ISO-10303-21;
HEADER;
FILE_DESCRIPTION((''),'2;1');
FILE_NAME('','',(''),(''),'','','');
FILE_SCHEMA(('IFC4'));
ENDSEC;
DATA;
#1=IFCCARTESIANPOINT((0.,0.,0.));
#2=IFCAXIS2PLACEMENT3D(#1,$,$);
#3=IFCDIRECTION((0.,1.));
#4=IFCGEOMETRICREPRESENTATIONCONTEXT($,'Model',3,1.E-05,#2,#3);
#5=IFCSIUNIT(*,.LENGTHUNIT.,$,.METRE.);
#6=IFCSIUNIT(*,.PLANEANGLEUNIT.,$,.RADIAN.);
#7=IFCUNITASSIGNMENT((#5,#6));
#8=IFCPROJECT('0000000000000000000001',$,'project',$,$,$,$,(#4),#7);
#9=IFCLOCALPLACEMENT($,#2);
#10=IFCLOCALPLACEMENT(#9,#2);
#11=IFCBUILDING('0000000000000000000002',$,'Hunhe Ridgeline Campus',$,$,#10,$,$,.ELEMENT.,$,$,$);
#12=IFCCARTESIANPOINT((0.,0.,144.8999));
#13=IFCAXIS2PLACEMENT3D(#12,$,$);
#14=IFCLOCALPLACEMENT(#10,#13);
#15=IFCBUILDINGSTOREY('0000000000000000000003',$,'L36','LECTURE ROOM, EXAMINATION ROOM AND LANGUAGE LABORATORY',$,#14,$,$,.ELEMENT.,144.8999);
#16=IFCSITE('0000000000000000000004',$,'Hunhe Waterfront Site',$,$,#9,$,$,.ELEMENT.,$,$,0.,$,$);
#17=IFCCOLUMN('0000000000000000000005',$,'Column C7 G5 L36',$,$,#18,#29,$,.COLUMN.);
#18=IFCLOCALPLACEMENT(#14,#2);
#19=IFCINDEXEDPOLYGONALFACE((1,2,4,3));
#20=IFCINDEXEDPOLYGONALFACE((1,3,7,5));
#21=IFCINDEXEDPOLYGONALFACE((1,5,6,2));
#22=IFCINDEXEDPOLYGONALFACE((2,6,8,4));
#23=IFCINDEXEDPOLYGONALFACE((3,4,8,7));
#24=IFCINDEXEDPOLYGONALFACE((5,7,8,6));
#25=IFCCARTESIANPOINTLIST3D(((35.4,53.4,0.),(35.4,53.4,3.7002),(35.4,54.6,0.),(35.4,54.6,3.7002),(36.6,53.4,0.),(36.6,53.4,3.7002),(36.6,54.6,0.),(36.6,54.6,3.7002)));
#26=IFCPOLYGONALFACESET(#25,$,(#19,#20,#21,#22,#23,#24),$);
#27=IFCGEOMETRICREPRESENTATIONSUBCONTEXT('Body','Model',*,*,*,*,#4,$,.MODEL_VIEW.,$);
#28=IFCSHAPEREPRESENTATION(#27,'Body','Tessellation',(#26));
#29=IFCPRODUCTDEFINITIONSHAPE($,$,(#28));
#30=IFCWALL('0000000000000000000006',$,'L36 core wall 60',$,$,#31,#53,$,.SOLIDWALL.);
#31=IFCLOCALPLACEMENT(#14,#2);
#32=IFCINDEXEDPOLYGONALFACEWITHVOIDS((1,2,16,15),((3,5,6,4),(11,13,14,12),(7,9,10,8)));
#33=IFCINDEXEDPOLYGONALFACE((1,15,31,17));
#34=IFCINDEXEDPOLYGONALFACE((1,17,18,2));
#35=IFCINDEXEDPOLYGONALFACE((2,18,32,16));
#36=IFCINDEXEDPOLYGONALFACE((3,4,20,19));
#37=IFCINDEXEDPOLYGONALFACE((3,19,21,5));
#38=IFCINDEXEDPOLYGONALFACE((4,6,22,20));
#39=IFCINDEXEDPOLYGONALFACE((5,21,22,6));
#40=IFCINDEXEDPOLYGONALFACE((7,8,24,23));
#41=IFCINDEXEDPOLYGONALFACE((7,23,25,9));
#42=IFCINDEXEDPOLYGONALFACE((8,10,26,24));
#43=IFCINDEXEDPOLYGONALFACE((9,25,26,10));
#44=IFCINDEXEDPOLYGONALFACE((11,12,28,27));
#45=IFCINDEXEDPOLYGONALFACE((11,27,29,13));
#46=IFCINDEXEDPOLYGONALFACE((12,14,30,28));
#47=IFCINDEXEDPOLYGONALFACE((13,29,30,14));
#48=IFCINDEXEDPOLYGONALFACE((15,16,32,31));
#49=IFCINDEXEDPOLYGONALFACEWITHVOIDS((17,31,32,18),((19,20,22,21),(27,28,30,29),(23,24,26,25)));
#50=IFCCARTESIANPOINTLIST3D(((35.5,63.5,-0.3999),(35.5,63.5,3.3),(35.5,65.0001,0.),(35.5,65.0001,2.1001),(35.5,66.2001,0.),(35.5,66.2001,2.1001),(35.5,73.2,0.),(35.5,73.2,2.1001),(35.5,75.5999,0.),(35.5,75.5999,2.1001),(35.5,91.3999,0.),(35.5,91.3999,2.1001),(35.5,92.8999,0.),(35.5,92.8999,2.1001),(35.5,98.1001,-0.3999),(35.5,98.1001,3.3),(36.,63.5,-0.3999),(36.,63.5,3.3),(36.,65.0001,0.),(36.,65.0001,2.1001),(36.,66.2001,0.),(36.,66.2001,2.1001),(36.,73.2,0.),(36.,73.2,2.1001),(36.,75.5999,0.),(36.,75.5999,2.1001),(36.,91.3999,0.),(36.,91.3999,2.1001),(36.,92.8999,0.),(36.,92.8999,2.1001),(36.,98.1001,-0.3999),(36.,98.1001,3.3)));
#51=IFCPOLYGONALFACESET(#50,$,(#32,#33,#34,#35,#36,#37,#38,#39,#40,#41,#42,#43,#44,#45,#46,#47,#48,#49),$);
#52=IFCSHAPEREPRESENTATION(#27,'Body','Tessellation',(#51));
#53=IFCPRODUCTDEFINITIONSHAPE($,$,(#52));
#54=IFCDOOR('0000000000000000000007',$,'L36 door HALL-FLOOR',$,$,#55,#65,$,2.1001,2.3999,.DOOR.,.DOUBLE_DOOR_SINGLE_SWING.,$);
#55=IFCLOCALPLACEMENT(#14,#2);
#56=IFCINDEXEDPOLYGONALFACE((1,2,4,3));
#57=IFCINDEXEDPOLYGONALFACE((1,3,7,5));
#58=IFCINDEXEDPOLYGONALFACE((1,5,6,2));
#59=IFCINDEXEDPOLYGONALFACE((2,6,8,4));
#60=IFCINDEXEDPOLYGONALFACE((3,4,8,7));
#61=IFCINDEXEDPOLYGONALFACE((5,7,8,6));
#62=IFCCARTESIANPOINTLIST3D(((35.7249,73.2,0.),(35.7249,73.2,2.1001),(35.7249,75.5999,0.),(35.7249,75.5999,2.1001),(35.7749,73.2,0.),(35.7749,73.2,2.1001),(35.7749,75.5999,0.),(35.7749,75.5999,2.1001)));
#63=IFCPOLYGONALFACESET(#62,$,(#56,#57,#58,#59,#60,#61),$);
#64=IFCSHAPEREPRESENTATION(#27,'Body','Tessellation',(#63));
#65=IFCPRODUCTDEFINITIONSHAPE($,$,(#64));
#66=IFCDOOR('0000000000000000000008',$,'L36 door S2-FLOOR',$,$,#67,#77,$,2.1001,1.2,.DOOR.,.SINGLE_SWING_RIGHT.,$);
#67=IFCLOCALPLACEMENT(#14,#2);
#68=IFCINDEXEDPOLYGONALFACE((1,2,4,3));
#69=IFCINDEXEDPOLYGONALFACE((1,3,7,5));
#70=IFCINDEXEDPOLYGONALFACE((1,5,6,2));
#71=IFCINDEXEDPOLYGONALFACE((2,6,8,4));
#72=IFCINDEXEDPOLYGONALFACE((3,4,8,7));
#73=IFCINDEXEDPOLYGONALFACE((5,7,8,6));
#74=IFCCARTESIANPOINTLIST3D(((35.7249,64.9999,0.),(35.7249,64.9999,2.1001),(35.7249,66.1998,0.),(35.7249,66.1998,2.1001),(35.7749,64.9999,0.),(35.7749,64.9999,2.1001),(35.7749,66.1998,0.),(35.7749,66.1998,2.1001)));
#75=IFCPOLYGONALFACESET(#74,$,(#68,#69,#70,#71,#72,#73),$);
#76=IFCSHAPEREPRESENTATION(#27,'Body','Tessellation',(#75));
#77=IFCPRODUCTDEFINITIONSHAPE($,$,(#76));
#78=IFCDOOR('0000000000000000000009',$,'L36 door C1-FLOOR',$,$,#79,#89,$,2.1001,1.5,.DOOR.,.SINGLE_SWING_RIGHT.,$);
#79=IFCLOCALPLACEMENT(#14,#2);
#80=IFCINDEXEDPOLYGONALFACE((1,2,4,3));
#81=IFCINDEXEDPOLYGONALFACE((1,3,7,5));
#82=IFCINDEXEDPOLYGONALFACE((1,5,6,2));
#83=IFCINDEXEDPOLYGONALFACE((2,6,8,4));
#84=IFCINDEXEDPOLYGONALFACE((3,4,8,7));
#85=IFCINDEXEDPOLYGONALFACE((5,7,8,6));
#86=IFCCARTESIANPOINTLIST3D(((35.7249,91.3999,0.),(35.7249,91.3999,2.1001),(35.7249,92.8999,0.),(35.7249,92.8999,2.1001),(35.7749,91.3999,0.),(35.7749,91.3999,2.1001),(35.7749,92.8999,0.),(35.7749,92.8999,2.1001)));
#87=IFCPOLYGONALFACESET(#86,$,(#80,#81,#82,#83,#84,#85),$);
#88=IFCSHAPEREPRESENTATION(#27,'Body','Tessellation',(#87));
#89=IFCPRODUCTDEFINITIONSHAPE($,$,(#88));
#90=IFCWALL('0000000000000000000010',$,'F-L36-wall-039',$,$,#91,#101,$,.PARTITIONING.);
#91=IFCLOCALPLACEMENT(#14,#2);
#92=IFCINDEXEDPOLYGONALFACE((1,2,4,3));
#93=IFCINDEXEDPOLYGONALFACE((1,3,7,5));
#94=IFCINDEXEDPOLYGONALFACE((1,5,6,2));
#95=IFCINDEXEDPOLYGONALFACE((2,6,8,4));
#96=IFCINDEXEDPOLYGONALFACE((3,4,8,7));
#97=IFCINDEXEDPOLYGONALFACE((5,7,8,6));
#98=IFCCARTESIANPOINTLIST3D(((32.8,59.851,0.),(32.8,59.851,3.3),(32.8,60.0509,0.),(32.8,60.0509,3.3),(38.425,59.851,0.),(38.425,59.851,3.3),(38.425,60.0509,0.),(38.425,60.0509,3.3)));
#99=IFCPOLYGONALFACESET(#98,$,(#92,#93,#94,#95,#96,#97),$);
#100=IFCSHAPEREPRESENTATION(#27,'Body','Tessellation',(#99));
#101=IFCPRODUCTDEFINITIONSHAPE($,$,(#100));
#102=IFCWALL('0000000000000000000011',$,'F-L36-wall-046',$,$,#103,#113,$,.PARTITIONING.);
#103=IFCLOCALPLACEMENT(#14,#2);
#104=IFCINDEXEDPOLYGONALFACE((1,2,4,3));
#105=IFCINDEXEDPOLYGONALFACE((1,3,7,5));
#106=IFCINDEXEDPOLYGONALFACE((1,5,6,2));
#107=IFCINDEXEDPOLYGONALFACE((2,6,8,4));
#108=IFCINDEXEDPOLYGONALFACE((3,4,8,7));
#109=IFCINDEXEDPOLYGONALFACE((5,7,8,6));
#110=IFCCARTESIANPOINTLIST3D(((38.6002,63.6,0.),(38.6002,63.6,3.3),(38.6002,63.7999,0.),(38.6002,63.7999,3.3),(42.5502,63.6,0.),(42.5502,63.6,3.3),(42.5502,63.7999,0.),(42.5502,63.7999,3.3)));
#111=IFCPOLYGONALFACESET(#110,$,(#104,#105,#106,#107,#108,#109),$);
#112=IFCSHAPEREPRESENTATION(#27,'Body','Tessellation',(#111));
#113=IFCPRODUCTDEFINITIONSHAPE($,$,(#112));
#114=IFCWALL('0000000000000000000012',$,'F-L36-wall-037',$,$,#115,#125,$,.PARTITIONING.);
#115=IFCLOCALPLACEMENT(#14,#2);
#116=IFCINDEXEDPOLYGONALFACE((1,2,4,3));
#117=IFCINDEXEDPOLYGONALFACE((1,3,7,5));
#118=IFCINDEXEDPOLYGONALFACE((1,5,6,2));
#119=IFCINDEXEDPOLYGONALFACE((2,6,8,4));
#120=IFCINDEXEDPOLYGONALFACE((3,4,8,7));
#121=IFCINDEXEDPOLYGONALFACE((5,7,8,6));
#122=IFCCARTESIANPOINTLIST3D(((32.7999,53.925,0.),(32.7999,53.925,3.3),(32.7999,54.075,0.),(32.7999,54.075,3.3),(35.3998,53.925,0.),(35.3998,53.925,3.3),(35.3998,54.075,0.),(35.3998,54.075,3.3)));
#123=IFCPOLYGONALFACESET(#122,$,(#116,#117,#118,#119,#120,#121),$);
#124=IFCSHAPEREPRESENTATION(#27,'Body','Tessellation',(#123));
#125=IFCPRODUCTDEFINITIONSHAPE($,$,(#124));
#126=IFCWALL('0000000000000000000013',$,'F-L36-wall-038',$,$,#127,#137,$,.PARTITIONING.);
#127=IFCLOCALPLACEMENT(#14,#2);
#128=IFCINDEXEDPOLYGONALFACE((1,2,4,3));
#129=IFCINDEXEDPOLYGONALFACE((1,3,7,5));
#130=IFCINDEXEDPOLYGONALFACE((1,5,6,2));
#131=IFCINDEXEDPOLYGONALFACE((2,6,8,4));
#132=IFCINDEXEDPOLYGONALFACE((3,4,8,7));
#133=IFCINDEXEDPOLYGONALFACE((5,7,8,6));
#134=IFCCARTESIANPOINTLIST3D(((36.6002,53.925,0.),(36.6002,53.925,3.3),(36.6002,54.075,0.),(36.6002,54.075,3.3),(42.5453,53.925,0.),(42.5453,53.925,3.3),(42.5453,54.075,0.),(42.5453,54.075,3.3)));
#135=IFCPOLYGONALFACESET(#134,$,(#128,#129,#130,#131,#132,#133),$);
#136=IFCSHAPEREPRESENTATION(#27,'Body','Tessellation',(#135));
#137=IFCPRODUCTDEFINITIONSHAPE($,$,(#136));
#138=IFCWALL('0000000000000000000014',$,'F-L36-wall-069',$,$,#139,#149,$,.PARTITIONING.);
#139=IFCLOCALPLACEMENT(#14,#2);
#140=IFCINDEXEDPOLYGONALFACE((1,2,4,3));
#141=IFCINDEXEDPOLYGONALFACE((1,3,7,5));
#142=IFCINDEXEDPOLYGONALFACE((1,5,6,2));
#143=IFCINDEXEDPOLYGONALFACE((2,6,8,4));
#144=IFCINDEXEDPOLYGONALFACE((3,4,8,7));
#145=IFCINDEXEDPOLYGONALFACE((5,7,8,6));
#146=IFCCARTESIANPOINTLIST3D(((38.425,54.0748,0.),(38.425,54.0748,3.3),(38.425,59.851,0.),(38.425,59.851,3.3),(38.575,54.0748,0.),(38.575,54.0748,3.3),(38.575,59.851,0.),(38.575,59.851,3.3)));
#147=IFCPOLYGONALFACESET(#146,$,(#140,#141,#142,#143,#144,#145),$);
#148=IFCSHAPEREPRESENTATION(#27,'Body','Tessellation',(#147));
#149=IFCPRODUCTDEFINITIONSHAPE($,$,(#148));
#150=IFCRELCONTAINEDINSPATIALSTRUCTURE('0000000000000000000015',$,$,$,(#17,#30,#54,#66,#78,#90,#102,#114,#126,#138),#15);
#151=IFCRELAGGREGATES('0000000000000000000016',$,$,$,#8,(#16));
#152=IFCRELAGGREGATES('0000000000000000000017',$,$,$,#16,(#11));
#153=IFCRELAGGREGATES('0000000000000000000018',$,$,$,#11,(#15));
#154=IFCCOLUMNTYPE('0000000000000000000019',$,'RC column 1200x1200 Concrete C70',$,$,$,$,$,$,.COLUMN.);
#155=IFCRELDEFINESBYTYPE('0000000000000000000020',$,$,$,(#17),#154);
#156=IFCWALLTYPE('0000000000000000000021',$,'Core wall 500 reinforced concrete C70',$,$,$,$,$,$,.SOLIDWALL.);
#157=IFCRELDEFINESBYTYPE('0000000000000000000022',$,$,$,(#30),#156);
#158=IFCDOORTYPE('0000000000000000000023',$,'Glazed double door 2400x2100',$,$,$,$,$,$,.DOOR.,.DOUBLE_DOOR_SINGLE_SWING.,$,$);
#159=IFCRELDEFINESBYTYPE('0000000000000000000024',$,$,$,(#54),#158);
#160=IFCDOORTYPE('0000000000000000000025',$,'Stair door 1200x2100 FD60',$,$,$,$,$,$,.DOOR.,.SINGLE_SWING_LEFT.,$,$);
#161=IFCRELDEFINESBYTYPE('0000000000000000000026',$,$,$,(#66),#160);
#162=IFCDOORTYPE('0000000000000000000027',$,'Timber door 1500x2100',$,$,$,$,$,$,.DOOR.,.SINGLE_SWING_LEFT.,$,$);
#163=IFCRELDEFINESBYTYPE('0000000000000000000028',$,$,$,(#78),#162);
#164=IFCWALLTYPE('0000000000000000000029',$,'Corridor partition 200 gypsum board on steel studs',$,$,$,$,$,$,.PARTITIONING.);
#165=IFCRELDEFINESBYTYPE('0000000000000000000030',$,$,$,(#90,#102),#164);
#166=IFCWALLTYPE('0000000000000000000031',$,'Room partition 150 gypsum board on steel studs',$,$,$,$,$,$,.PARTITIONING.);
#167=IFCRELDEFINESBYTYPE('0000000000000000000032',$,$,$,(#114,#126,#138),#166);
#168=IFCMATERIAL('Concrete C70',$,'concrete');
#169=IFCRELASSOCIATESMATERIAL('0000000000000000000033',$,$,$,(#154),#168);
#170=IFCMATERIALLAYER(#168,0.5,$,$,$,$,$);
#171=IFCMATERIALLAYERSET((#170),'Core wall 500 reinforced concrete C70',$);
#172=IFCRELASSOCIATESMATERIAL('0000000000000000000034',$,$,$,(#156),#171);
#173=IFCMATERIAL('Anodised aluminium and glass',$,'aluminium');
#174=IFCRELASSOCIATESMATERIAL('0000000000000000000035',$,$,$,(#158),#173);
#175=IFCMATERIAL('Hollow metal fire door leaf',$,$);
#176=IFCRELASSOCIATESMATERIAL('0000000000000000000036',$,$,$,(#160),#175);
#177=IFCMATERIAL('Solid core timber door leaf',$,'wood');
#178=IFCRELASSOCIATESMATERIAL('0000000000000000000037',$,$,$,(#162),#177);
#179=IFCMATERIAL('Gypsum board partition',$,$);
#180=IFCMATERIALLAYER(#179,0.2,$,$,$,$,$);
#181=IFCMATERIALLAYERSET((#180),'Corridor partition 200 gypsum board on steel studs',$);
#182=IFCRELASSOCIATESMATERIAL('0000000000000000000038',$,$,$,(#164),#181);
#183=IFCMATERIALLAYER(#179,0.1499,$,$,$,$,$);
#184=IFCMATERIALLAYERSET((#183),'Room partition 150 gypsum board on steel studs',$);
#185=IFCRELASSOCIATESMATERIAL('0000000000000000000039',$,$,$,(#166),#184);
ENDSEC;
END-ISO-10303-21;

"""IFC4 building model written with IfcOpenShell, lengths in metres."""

from ifc_helpers import new_model, si_unit, direction, frame, frame_2d, origin, origin_2d, place, context, subcontext, project, spatial, rectangle, extrude, material, layer, layer_set, material_profile, profile_set, type_object, element, fill, save


model = new_model("IFC4")

# Units and contexts
model_context = context("Model", 3, precision=1e-05, world=origin(), true_north=direction((0.0, 1.0)))
body_context = subcontext(model_context, "Body", "Model", "MODEL_VIEW")
ifc_project = project(units=[si_unit("LENGTHUNIT", "METRE"), si_unit("PLANEANGLEUNIT", "RADIAN")], contexts=[model_context])

# Site, building, storey
site_placement = place(None, origin())
site = spatial("IfcSite", under=ifc_project, at=site_placement, Name="Hunhe Waterfront Site", CompositionType="ELEMENT", RefElevation=0.0)
building_placement = place(site_placement, origin())
building = spatial("IfcBuilding", under=site, at=building_placement, Name="Hunhe Ridgeline Campus", CompositionType="ELEMENT")
storey_placement = place(building_placement, frame((0.0, 0.0, 144.8999)))
storey = spatial("IfcBuildingStorey", under=building, at=storey_placement, Name="L36", Description="LECTURE ROOM, EXAMINATION ROOM AND LANGUAGE LABORATORY", CompositionType="ELEMENT", Elevation=144.8999)

# Column
ifc_material_1 = material(Name="Concrete C70", Category="concrete")
ifc_material_profile = material_profile(ifc_material_1, rectangle(XDim=1.2, YDim=1.2, at=origin_2d()))
ifc_profile_set = profile_set([ifc_material_profile], Name="Concrete C70")
column_type = type_object("IfcColumnType", Name="RC column 1200x1200 Concrete C70", PredefinedType="COLUMN", material=ifc_profile_set)
column_placement = place(storey_placement, frame((36.0, 54.0, 0.0), z_axis=(0.0, 0.0, 1.0), x_axis=(1.0, 0.0, 0.0)))
element("IfcColumn", 1, at=column_placement, inside=storey, type_object=column_type, Name="Column C7 G5 L36", PredefinedType="COLUMN", context=body_context, shape_type="SweptSolid", body=[
    extrude(rectangle(XDim=1.2, YDim=1.2, at=origin_2d()), origin(), (0.0, 0.0, 1.0), 3.7002),
])

# Wall, openings, doors
ifc_layer_1 = layer(ifc_material_1, 0.5)
ifc_layer_set_1 = layer_set([ifc_layer_1], Name="Core wall 500 reinforced concrete C70")
wall_type_1 = type_object("IfcWallType", Name="Core wall 500 reinforced concrete C70", PredefinedType="SOLIDWALL", material=ifc_layer_set_1)
wall_1_placement = place(storey_placement, frame((35.75, 63.5, -0.3999), z_axis=(0.0, 0.0, 1.0), x_axis=(0.0, 1.0, 0.0)))
wall_1 = element("IfcWall", 2, at=wall_1_placement, inside=storey, type_object=wall_type_1, Name="L36 core wall 60", PredefinedType="SOLIDWALL", context=body_context, shape_type="SweptSolid", body=[
    extrude(rectangle(XDim=34.6001, YDim=0.5, at=frame_2d((17.3, 0.0))), origin(), (0.0, 0.0, 1.0), 3.7),
])
opening_1_placement = place(wall_1_placement, frame((9.7, 0.0, 0.3999)))
opening_1 = element("IfcOpeningElement", 3, at=opening_1_placement, cuts=wall_1, PredefinedType="OPENING", context=body_context, shape_type="SweptSolid", body=[
    extrude(rectangle(XDim=2.3999, YDim=2.1001, at=frame_2d((1.2, 1.05))), frame((0.0, 0.25, 0.0), z_axis=(0.0, -1.0, 0.0), x_axis=(1.0, 0.0, 0.0)), (0.0, 0.0, 1.0), 0.5),
])
opening_2_placement = place(wall_1_placement, frame((27.8999, 0.0, 0.3999)))
opening_2 = element("IfcOpeningElement", 4, at=opening_2_placement, cuts=wall_1, PredefinedType="OPENING", context=body_context, shape_type="SweptSolid", body=[
    extrude(rectangle(XDim=1.5, YDim=2.1001, at=frame_2d((0.75, 1.05))), frame((0.0, 0.25, 0.0), z_axis=(0.0, -1.0, 0.0), x_axis=(1.0, 0.0, 0.0)), (0.0, 0.0, 1.0), 0.5),
])
opening_3_placement = place(wall_1_placement, frame((1.5, 0.0, 0.3999)))
opening_3 = element("IfcOpeningElement", 5, at=opening_3_placement, cuts=wall_1, PredefinedType="OPENING", context=body_context, shape_type="SweptSolid", body=[
    extrude(rectangle(XDim=1.2, YDim=2.1001, at=frame_2d((0.6001, 1.05))), frame((0.0, 0.25, 0.0), z_axis=(0.0, -1.0, 0.0), x_axis=(1.0, 0.0, 0.0)), (0.0, 0.0, 1.0), 0.5),
])
ifc_material_2 = material(Name="Anodised aluminium and glass", Category="aluminium")
door_type_1 = type_object("IfcDoorType", Name="Glazed double door 2400x2100", OperationType="DOUBLE_DOOR_SINGLE_SWING", PredefinedType="DOOR", material=ifc_material_2)
door_1_placement = place(opening_1_placement, frame((2.3999, 0.0, 0.0), z_axis=(0.0, 0.0, 1.0), x_axis=(-1.0, 0.0, 0.0)))
door_1 = element("IfcDoor", 6, at=door_1_placement, inside=storey, type_object=door_type_1, Name="L36 door HALL-FLOOR", OperationType="DOUBLE_DOOR_SINGLE_SWING", OverallHeight=2.1001, OverallWidth=2.3999, PredefinedType="DOOR", context=body_context, shape_type="SweptSolid", body=[
    extrude(rectangle(XDim=2.3999, YDim=2.1001, at=frame_2d((1.2, 1.05))), frame((0.0, 0.0249, 0.0), z_axis=(0.0, -1.0, 0.0), x_axis=(1.0, 0.0, 0.0)), (0.0, 0.0, 1.0), 0.05),
])
fill(opening_1, door_1)
ifc_material_3 = material(Name="Hollow metal fire door leaf")
door_type_2 = type_object("IfcDoorType", Name="Stair door 1200x2100 FD60", OperationType="SINGLE_SWING_LEFT", PredefinedType="DOOR", material=ifc_material_3)
door_2_placement = place(opening_3_placement, frame((1.2, 0.0, 0.0), z_axis=(0.0, 0.0, 1.0), x_axis=(-1.0, 0.0, 0.0)))
door_2 = element("IfcDoor", 7, at=door_2_placement, inside=storey, type_object=door_type_2, Name="L36 door S2-FLOOR", OperationType="SINGLE_SWING_RIGHT", OverallHeight=2.1001, OverallWidth=1.2, PredefinedType="DOOR", context=body_context, shape_type="SweptSolid", body=[
    extrude(rectangle(XDim=1.2, YDim=2.1001, at=frame_2d((0.6001, 1.05))), frame((0.0, 0.0249, 0.0), z_axis=(0.0, -1.0, 0.0), x_axis=(1.0, 0.0, 0.0)), (0.0, 0.0, 1.0), 0.05),
])
fill(opening_3, door_2)
ifc_material_4 = material(Name="Solid core timber door leaf", Category="wood")
door_type_3 = type_object("IfcDoorType", Name="Timber door 1500x2100", OperationType="SINGLE_SWING_LEFT", PredefinedType="DOOR", material=ifc_material_4)
door_3_placement = place(opening_2_placement, frame((1.5, 0.0, 0.0), z_axis=(0.0, 0.0, 1.0), x_axis=(-1.0, 0.0, 0.0)))
door_3 = element("IfcDoor", 8, at=door_3_placement, inside=storey, type_object=door_type_3, Name="L36 door C1-FLOOR", OperationType="SINGLE_SWING_RIGHT", OverallHeight=2.1001, OverallWidth=1.5, PredefinedType="DOOR", context=body_context, shape_type="SweptSolid", body=[
    extrude(rectangle(XDim=1.5, YDim=2.1001, at=frame_2d((0.75, 1.05))), frame((0.0, 0.0249, 0.0), z_axis=(0.0, -1.0, 0.0), x_axis=(1.0, 0.0, 0.0)), (0.0, 0.0, 1.0), 0.05),
])
fill(opening_2, door_3)

# Walls
ifc_material_5 = material(Name="Gypsum board partition")
ifc_layer_2 = layer(ifc_material_5, 0.2)
ifc_layer_set_2 = layer_set([ifc_layer_2], Name="Corridor partition 200 gypsum board on steel studs")
wall_type_2 = type_object("IfcWallType", Name="Corridor partition 200 gypsum board on steel studs", PredefinedType="PARTITIONING", material=ifc_layer_set_2)
wall_2_placement = place(storey_placement, frame((38.425, 59.9509, 0.0), z_axis=(0.0, 0.0, 1.0), x_axis=(-1.0, 0.0, 0.0)))
element("IfcWall", 9, at=wall_2_placement, inside=storey, type_object=wall_type_2, Name="F-L36-wall-039", PredefinedType="PARTITIONING", context=body_context, shape_type="SweptSolid", body=[
    extrude(rectangle(XDim=5.625, YDim=0.2, at=frame_2d((2.8125, 0.0))), origin(), (0.0, 0.0, 1.0), 3.3),
])
wall_3_placement = place(storey_placement, frame((38.6001, 63.7, 0.0), z_axis=(0.0, 0.0, 1.0), x_axis=(1.0, 0.0, 0.0)))
element("IfcWall", 10, at=wall_3_placement, inside=storey, type_object=wall_type_2, Name="F-L36-wall-046", PredefinedType="PARTITIONING", context=body_context, shape_type="SweptSolid", body=[
    extrude(rectangle(XDim=3.95, YDim=0.2, at=frame_2d((1.9751, 0.0))), origin(), (0.0, 0.0, 1.0), 3.3),
])

# Walls
ifc_layer_3 = layer(ifc_material_5, 0.1499)
ifc_layer_set_3 = layer_set([ifc_layer_3], Name="Room partition 150 gypsum board on steel studs")
wall_type_3 = type_object("IfcWallType", Name="Room partition 150 gypsum board on steel studs", PredefinedType="PARTITIONING", material=ifc_layer_set_3)
wall_4_placement = place(storey_placement, frame((32.8, 54.0, 0.0), z_axis=(0.0, 0.0, 1.0), x_axis=(1.0, 0.0, 0.0)))
element("IfcWall", 11, at=wall_4_placement, inside=storey, type_object=wall_type_3, Name="F-L36-wall-037", PredefinedType="PARTITIONING", context=body_context, shape_type="SweptSolid", body=[
    extrude(rectangle(XDim=2.5999, YDim=0.1499, at=frame_2d((1.2998, 0.0))), origin(), (0.0, 0.0, 1.0), 3.3),
])
wall_5_placement = place(storey_placement, frame((36.6001, 54.0, 0.0), z_axis=(0.0, 0.0, 1.0), x_axis=(1.0, 0.0, 0.0)))
element("IfcWall", 12, at=wall_5_placement, inside=storey, type_object=wall_type_3, Name="F-L36-wall-038", PredefinedType="PARTITIONING", context=body_context, shape_type="SweptSolid", body=[
    extrude(rectangle(XDim=5.9451, YDim=0.1499, at=frame_2d((2.9727, 0.0))), origin(), (0.0, 0.0, 1.0), 3.3),
])
wall_6_placement = place(storey_placement, frame((38.5, 59.8511, 0.0), z_axis=(0.0, 0.0, 1.0), x_axis=(0.0, -1.0, 0.0)))
element("IfcWall", 13, at=wall_6_placement, inside=storey, type_object=wall_type_3, Name="F-L36-wall-069", PredefinedType="PARTITIONING", context=body_context, shape_type="SweptSolid", body=[
    extrude(rectangle(XDim=5.7761, YDim=0.1499, at=frame_2d((2.8882, 0.0))), origin(), (0.0, 0.0, 1.0), 3.3),
])

save(model, "model.ifc")
